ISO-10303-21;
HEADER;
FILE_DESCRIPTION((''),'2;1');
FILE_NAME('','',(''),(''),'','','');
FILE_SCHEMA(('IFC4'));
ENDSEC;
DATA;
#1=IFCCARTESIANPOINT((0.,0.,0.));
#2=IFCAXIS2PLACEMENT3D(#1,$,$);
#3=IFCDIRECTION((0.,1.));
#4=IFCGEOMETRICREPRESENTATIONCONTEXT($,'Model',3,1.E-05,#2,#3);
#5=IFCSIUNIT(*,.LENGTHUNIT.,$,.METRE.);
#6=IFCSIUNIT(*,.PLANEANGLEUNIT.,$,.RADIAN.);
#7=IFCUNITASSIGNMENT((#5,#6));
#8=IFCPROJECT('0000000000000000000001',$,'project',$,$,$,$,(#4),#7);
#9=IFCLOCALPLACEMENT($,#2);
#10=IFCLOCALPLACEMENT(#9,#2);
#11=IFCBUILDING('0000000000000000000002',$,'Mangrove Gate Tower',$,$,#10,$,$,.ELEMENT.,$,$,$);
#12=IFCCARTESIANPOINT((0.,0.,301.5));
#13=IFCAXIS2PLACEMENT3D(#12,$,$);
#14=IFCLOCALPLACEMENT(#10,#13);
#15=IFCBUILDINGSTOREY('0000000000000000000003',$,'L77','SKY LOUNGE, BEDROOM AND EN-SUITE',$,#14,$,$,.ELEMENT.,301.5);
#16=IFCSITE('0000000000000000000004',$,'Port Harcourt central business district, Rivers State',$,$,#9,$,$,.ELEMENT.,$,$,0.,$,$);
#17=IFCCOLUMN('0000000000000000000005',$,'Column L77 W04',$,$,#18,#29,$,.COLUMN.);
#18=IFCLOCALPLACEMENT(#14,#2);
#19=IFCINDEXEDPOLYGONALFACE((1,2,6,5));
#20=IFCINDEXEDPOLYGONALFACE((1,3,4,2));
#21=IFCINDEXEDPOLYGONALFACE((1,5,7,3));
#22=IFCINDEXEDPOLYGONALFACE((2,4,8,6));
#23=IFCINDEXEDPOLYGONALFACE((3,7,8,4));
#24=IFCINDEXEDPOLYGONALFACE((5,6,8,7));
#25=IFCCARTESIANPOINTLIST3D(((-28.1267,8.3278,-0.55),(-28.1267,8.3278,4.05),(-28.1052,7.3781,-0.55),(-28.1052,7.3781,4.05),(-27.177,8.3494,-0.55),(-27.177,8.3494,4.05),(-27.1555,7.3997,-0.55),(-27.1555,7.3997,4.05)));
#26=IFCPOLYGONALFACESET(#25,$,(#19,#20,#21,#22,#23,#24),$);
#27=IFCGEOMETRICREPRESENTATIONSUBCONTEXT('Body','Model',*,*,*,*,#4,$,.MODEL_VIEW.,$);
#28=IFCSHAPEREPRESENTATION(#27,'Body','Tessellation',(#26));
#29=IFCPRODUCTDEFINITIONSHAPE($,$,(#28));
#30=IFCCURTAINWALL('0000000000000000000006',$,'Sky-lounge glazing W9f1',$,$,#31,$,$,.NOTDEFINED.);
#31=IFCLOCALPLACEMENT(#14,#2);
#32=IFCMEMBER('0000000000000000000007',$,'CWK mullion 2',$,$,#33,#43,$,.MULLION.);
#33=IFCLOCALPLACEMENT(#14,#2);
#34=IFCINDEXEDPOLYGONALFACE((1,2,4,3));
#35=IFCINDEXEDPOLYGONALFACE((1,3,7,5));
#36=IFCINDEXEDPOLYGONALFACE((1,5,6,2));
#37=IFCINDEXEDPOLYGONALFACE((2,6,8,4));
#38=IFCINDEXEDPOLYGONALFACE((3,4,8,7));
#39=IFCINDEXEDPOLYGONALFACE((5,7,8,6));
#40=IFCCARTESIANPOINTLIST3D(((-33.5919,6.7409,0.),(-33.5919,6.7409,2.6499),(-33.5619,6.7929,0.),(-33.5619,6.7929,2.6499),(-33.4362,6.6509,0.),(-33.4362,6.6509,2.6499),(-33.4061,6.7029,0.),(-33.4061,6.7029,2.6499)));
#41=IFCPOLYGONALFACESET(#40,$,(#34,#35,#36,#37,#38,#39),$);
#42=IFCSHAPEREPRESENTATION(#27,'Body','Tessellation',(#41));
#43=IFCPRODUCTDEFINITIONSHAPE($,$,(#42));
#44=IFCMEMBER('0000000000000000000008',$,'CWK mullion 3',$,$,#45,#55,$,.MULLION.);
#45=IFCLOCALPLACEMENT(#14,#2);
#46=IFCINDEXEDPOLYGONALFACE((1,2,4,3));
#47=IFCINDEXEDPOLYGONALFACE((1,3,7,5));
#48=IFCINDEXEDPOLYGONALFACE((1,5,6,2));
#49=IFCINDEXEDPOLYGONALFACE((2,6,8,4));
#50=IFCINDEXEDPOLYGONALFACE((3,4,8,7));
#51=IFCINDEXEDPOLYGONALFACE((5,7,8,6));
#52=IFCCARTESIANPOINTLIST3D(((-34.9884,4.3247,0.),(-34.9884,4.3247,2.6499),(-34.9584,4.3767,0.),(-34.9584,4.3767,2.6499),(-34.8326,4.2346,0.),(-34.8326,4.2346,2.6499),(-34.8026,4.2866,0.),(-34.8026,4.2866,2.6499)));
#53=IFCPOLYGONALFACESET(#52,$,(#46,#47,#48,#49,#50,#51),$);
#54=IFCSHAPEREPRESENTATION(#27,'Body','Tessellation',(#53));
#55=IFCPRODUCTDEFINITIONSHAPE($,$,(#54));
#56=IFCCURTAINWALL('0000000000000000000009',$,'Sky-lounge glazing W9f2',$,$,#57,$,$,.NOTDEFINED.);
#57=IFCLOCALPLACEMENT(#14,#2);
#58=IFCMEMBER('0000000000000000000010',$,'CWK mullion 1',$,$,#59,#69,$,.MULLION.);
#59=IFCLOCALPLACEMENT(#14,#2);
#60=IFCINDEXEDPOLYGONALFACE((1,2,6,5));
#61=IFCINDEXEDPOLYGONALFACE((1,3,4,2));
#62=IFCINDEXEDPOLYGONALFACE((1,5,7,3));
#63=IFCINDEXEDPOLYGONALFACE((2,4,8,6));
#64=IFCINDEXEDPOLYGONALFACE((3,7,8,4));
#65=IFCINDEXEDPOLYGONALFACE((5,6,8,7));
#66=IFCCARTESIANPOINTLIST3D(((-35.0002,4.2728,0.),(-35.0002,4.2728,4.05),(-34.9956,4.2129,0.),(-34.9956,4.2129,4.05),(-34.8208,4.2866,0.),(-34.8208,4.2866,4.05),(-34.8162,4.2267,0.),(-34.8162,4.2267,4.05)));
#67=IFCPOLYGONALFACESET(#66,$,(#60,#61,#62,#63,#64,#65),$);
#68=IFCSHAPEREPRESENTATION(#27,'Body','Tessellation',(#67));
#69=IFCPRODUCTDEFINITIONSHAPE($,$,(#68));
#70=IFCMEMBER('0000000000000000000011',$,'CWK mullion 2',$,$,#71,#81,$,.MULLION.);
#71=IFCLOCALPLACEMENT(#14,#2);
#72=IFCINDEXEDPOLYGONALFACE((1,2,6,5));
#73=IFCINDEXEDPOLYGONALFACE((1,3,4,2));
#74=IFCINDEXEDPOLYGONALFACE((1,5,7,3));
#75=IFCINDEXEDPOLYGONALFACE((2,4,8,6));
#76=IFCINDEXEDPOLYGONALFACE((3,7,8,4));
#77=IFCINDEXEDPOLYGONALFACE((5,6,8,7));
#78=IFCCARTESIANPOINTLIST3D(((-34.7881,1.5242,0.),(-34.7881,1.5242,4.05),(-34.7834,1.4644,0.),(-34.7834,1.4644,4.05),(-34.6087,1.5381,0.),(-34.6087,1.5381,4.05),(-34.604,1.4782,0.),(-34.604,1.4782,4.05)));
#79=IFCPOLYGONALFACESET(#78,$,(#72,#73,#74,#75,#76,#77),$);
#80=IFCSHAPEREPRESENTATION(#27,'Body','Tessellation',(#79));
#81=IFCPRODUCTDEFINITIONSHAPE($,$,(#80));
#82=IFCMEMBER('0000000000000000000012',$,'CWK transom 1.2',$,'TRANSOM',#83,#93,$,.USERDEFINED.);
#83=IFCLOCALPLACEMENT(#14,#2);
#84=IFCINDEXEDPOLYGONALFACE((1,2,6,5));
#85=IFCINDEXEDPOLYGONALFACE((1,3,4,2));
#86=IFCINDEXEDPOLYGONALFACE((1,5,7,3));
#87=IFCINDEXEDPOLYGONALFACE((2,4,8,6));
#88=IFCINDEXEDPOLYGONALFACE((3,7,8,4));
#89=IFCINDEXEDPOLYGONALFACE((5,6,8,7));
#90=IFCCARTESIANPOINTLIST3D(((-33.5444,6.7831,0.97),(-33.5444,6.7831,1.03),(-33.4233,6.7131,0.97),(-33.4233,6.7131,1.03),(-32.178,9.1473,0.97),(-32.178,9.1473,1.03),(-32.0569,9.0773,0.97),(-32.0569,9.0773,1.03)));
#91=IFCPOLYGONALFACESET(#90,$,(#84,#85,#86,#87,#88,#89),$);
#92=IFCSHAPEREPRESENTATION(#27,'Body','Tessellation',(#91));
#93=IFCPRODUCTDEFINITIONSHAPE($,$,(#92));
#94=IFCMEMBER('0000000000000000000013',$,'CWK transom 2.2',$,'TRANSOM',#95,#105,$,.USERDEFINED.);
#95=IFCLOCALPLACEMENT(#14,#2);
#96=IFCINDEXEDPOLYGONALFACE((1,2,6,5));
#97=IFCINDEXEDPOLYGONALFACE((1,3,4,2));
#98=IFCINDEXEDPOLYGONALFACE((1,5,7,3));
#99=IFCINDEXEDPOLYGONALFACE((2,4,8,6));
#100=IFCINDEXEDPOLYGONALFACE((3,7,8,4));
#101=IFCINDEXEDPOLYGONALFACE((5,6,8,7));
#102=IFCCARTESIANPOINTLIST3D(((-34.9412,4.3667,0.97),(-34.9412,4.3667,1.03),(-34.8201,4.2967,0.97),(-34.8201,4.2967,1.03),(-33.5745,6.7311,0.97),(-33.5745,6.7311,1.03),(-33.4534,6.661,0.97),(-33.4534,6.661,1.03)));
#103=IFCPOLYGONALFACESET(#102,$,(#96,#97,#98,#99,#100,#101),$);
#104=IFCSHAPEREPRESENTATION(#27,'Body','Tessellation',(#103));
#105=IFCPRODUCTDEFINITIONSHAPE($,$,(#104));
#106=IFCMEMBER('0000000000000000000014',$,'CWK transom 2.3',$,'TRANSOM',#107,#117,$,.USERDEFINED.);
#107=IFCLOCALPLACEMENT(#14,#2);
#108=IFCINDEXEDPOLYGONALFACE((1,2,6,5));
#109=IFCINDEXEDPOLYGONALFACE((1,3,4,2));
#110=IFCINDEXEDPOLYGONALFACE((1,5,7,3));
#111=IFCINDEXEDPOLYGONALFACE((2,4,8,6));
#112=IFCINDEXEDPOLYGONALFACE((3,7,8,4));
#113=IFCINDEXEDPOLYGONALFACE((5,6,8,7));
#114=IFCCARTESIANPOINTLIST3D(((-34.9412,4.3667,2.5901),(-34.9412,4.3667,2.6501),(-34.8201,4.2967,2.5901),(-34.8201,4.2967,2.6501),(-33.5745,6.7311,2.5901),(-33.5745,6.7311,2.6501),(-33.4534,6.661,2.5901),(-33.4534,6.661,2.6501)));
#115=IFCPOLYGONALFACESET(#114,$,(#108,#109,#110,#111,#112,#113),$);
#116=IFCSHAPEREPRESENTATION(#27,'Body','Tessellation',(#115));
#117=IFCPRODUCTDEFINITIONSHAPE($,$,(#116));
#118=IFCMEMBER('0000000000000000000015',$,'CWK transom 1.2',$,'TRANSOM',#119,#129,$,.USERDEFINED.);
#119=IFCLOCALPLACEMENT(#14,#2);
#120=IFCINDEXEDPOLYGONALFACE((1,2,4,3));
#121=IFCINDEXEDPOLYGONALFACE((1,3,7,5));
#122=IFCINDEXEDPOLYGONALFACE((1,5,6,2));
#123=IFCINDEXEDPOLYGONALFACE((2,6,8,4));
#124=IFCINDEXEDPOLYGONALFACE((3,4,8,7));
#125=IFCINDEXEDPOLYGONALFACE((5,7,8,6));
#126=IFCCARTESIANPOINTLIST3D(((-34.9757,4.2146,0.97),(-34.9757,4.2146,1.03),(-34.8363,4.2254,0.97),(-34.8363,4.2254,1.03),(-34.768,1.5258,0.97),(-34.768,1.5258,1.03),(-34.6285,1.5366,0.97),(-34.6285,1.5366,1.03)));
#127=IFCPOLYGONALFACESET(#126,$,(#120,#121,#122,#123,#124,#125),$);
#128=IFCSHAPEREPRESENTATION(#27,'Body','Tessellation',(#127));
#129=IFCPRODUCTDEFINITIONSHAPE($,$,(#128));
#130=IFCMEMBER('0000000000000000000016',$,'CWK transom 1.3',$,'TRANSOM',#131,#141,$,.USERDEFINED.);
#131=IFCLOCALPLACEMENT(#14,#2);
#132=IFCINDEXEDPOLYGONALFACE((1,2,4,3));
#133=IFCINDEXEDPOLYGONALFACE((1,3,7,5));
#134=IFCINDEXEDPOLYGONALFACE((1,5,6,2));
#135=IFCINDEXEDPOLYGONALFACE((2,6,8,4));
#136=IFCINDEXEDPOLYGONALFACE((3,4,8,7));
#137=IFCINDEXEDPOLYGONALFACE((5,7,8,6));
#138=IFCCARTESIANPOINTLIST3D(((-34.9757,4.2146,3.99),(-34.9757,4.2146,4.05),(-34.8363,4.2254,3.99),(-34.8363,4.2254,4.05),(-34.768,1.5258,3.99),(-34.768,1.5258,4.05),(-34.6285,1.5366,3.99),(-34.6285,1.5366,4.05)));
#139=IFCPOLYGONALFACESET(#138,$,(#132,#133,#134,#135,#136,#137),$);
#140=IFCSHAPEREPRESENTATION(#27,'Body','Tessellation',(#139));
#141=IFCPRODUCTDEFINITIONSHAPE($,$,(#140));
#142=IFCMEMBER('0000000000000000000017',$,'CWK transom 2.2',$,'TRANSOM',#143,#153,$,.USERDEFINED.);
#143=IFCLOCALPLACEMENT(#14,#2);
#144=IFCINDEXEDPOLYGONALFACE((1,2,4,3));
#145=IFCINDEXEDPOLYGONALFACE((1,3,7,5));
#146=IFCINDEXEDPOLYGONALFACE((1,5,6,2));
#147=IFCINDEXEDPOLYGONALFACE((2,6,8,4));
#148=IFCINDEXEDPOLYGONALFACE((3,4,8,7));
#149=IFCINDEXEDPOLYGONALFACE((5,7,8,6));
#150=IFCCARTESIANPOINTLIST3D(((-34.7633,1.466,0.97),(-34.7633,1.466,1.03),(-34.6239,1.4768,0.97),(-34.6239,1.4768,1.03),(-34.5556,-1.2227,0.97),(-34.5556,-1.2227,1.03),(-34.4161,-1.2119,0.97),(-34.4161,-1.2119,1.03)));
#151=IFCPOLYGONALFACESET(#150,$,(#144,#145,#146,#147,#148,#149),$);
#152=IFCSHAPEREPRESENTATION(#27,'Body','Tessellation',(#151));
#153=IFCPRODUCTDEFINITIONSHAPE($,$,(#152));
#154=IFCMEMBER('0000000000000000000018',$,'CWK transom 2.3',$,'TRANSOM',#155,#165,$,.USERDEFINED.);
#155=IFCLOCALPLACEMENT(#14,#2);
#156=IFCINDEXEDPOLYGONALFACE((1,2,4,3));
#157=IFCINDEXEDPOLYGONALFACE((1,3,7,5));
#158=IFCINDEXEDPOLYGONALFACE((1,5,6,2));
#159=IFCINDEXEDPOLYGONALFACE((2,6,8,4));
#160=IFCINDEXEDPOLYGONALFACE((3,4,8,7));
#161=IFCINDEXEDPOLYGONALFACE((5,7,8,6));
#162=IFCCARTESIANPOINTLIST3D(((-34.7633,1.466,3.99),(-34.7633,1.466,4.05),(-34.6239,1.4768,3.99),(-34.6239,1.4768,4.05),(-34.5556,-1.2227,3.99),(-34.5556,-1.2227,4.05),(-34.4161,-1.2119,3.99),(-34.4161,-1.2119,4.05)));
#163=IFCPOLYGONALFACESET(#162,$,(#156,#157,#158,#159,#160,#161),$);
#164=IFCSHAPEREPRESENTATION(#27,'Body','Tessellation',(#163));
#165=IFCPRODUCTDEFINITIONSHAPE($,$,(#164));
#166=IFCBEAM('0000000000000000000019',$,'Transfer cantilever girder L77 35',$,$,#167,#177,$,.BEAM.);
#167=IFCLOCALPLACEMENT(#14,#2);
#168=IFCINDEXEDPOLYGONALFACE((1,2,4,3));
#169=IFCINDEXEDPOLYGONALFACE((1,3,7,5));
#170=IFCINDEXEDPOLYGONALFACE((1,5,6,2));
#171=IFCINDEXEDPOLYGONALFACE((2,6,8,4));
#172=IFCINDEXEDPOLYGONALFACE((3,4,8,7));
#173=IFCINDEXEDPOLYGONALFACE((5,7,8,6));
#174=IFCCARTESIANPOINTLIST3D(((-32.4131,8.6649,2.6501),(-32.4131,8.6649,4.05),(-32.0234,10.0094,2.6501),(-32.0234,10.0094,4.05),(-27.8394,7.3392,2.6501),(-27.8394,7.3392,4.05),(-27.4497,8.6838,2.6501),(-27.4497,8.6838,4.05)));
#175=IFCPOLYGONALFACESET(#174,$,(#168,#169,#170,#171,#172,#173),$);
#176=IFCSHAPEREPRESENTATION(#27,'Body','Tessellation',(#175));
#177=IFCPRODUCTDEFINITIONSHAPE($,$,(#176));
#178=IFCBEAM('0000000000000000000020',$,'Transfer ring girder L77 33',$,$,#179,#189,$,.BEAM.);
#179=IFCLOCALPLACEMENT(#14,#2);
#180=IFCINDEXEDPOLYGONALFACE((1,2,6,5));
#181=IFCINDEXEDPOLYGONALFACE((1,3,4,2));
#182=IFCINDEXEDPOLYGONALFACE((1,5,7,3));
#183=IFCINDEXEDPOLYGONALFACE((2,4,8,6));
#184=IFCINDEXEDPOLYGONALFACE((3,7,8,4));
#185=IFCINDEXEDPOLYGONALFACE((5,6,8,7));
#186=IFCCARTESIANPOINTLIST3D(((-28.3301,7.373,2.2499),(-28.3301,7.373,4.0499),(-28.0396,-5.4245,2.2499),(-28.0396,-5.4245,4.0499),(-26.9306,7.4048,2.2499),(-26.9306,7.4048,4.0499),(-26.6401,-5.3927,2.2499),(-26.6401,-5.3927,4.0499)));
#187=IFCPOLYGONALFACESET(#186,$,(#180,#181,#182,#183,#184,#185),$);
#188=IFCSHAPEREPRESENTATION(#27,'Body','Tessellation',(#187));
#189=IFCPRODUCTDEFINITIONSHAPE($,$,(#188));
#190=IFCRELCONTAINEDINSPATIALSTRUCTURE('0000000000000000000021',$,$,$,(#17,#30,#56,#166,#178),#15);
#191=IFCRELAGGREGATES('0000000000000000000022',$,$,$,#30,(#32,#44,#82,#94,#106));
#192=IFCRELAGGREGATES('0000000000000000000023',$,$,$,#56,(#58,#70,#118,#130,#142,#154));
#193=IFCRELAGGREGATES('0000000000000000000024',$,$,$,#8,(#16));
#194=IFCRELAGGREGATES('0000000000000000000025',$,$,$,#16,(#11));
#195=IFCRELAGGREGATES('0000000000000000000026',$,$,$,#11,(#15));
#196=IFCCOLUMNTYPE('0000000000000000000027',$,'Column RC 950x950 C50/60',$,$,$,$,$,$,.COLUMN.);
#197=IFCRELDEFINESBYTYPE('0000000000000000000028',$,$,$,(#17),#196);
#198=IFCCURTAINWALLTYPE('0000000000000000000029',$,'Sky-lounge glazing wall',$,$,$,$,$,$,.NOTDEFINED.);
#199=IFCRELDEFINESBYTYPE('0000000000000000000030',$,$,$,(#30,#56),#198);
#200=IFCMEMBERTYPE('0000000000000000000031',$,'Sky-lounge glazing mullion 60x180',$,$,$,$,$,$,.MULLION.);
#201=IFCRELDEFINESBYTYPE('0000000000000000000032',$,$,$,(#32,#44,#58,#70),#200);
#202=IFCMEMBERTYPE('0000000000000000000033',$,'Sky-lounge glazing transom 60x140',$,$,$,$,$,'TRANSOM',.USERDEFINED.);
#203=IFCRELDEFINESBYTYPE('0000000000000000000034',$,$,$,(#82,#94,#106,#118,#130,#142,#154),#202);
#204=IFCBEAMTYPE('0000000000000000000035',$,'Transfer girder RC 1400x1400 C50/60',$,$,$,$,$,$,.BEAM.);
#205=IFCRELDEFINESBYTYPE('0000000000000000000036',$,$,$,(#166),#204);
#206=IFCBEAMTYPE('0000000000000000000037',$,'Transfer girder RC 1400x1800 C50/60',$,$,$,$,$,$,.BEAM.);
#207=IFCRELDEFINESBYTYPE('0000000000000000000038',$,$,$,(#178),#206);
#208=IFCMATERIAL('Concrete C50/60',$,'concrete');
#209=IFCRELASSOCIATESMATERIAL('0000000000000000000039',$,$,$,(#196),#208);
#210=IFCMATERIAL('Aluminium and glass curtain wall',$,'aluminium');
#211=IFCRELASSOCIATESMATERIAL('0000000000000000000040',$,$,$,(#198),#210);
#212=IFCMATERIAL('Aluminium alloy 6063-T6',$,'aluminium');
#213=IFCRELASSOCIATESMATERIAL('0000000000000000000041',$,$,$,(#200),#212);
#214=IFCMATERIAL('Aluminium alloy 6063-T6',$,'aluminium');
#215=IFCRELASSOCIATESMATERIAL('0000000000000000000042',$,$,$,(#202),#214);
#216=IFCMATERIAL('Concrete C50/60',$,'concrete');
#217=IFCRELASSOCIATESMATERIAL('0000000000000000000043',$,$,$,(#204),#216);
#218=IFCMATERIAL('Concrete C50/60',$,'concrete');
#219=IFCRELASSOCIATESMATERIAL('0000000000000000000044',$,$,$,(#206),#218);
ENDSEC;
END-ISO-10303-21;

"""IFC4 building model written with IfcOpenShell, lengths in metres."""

from ifc_helpers import new_model, si_unit, direction, frame, origin, origin_2d, place, context, subcontext, project, spatial, rectangle, extrude, material, material_profile, profile_set, type_object, element, aggregate, save


model = new_model("IFC4")

# Units and contexts
model_context = context("Model", 3, precision=1e-05, world=origin(), true_north=direction((0.0, 1.0)))
body_context = subcontext(model_context, "Body", "Model", "MODEL_VIEW")
ifc_project = project(units=[si_unit("LENGTHUNIT", "METRE"), si_unit("PLANEANGLEUNIT", "RADIAN")], contexts=[model_context])

# Site, building, storey
site_placement = place(None, origin())
site = spatial("IfcSite", under=ifc_project, at=site_placement, Name="Port Harcourt central business district, Rivers State", CompositionType="ELEMENT", RefElevation=0.0)
building_placement = place(site_placement, origin())
building = spatial("IfcBuilding", under=site, at=building_placement, Name="Mangrove Gate Tower", CompositionType="ELEMENT")
storey_placement = place(building_placement, frame((0.0, 0.0, 301.5)))
storey = spatial("IfcBuildingStorey", under=building, at=storey_placement, Name="L77", Description="SKY LOUNGE, BEDROOM AND EN-SUITE", CompositionType="ELEMENT", Elevation=301.5)

# Column
ifc_material_1 = material(Name="Concrete C50/60", Category="concrete")
ifc_material_profile_1 = material_profile(ifc_material_1, rectangle(XDim=0.95, YDim=0.95, at=origin_2d()))
ifc_profile_set_1 = profile_set([ifc_material_profile_1], Name="Concrete C50/60")
column_type = type_object("IfcColumnType", Name="Column RC 950x950 C50/60", PredefinedType="COLUMN", material=ifc_profile_set_1)
column_placement = place(storey_placement, frame((-27.6411, 7.8638, -0.55), z_axis=(0.0, 0.0, 1.0), x_axis=(0.022688, -0.999743, 0.0)))
element("IfcColumn", 1, at=column_placement, inside=storey, type_object=column_type, Name="Column L77 W04", PredefinedType="COLUMN", context=body_context, shape_type="SweptSolid", body=[
    extrude(rectangle(XDim=0.95, YDim=0.95, at=origin_2d()), origin(), (0.0, 0.0, 1.0), 4.6001),
])

# Curtain walls, members
ifc_material_2 = material(Name="Aluminium and glass curtain wall", Category="aluminium")
curtain_wall_type = type_object("IfcCurtainWallType", Name="Sky-lounge glazing wall", PredefinedType="NOTDEFINED", material=ifc_material_2)
curtain_wall_1_placement = place(storey_placement, origin())
curtain_wall_1 = element("IfcCurtainWall", 2, at=curtain_wall_1_placement, inside=storey, type_object=curtain_wall_type, Name="Sky-lounge glazing W9f1", PredefinedType="NOTDEFINED")
ifc_material_3 = material(Name="Aluminium alloy 6063-T6", Category="aluminium")
ifc_material_profile_2 = material_profile(ifc_material_3, rectangle(XDim=0.0601, YDim=0.1799, at=origin_2d()))
ifc_profile_set_2 = profile_set([ifc_material_profile_2], Name="Aluminium alloy 6063-T6")
member_type_1 = type_object("IfcMemberType", Name="Sky-lounge glazing mullion 60x180", PredefinedType="MULLION", material=ifc_profile_set_2)
member_1_placement = place(storey_placement, frame((-33.499, 6.7219, 0.0), z_axis=(0.0, 0.0, 1.0), x_axis=(-0.500418, -0.865784, 0.0)))
member_1 = element("IfcMember", 3, at=member_1_placement, type_object=member_type_1, Name="CWK mullion 2", PredefinedType="MULLION", context=body_context, shape_type="SweptSolid", body=[
    extrude(rectangle(XDim=0.0601, YDim=0.1799, at=origin_2d()), origin(), (0.0, 0.0, 1.0), 2.6499),
])
member_2_placement = place(storey_placement, frame((-34.8955, 4.3057, 0.0), z_axis=(0.0, 0.0, 1.0), x_axis=(-0.500418, -0.865784, 0.0)))
member_2 = element("IfcMember", 4, at=member_2_placement, type_object=member_type_1, Name="CWK mullion 3", PredefinedType="MULLION", context=body_context, shape_type="SweptSolid", body=[
    extrude(rectangle(XDim=0.0601, YDim=0.1799, at=origin_2d()), origin(), (0.0, 0.0, 1.0), 2.6499),
])
curtain_wall_2_placement = place(storey_placement, origin())
curtain_wall_2 = element("IfcCurtainWall", 5, at=curtain_wall_2_placement, inside=storey, type_object=curtain_wall_type, Name="Sky-lounge glazing W9f2", PredefinedType="NOTDEFINED")
member_3_placement = place(storey_placement, frame((-34.9082, 4.2498, 0.0), z_axis=(0.0, 0.0, 1.0), x_axis=(0.077023, -0.997029, 0.0)))
member_3 = element("IfcMember", 6, at=member_3_placement, type_object=member_type_1, Name="CWK mullion 1", PredefinedType="MULLION", context=body_context, shape_type="SweptSolid", body=[
    extrude(rectangle(XDim=0.0601, YDim=0.1799, at=origin_2d()), origin(), (0.0, 0.0, 1.0), 4.05),
])
member_4_placement = place(storey_placement, frame((-34.696, 1.5012, 0.0), z_axis=(0.0, 0.0, 1.0), x_axis=(0.077023, -0.997029, 0.0)))
member_4 = element("IfcMember", 7, at=member_4_placement, type_object=member_type_1, Name="CWK mullion 2", PredefinedType="MULLION", context=body_context, shape_type="SweptSolid", body=[
    extrude(rectangle(XDim=0.0601, YDim=0.1799, at=origin_2d()), origin(), (0.0, 0.0, 1.0), 4.05),
])

# Members
ifc_material_4 = material(Name="Aluminium alloy 6063-T6", Category="aluminium")
ifc_material_profile_3 = material_profile(ifc_material_4, rectangle(XDim=0.0601, YDim=0.1399, at=origin_2d()))
ifc_profile_set_3 = profile_set([ifc_material_profile_3], Name="Aluminium alloy 6063-T6")
member_type_2 = type_object("IfcMemberType", Name="Sky-lounge glazing transom 60x140", ElementType="TRANSOM", PredefinedType="USERDEFINED", material=ifc_profile_set_3)
member_5_placement = place(storey_placement, frame((-32.1174, 9.1123, 1.0), z_axis=(-0.500398, -0.865795, 0.0), x_axis=(0.0, 0.0, 1.0)))
member_5 = element("IfcMember", 8, at=member_5_placement, type_object=member_type_2, Name="CWK transom 1.2", ObjectType="TRANSOM", PredefinedType="USERDEFINED", context=body_context, shape_type="SweptSolid", body=[
    extrude(rectangle(XDim=0.0601, YDim=0.1399, at=origin_2d()), origin(), (0.0, 0.0, 1.0), 2.7307),
])
member_6_placement = place(storey_placement, frame((-33.5139, 6.696, 1.0), z_axis=(-0.500465, -0.865757, 0.0), x_axis=(0.0, 0.0, 1.0)))
member_6 = element("IfcMember", 9, at=member_6_placement, type_object=member_type_2, Name="CWK transom 2.2", ObjectType="TRANSOM", PredefinedType="USERDEFINED", context=body_context, shape_type="SweptSolid", body=[
    extrude(rectangle(XDim=0.0601, YDim=0.1399, at=origin_2d()), origin(), (0.0, 0.0, 1.0), 2.731),
])
member_7_placement = place(storey_placement, frame((-33.5139, 6.696, 2.6201), z_axis=(-0.500465, -0.865757, 0.0), x_axis=(0.0, 0.0, 1.0)))
member_7 = element("IfcMember", 10, at=member_7_placement, type_object=member_type_2, Name="CWK transom 2.3", ObjectType="TRANSOM", PredefinedType="USERDEFINED", context=body_context, shape_type="SweptSolid", body=[
    extrude(rectangle(XDim=0.0601, YDim=0.1399, at=origin_2d()), origin(), (0.0, 0.0, 1.0), 2.731),
])
member_8_placement = place(storey_placement, frame((-34.906, 4.22, 1.0), z_axis=(0.077043, -0.997028, 0.0), x_axis=(0.0, 0.0, 1.0)))
member_8 = element("IfcMember", 11, at=member_8_placement, type_object=member_type_2, Name="CWK transom 1.2", ObjectType="TRANSOM", PredefinedType="USERDEFINED", context=body_context, shape_type="SweptSolid", body=[
    extrude(rectangle(XDim=0.0601, YDim=0.1399, at=origin_2d()), origin(), (0.0, 0.0, 1.0), 2.6968),
])
member_9_placement = place(storey_placement, frame((-34.906, 4.22, 4.02), z_axis=(0.077043, -0.997028, 0.0), x_axis=(0.0, 0.0, 1.0)))
member_9 = element("IfcMember", 12, at=member_9_placement, type_object=member_type_2, Name="CWK transom 1.3", ObjectType="TRANSOM", PredefinedType="USERDEFINED", context=body_context, shape_type="SweptSolid", body=[
    extrude(rectangle(XDim=0.0601, YDim=0.1399, at=origin_2d()), origin(), (0.0, 0.0, 1.0), 2.6968),
])
member_10_placement = place(storey_placement, frame((-34.6936, 1.4714, 1.0), z_axis=(0.077043, -0.997028, 0.0), x_axis=(0.0, 0.0, 1.0)))
member_10 = element("IfcMember", 13, at=member_10_placement, type_object=member_type_2, Name="CWK transom 2.2", ObjectType="TRANSOM", PredefinedType="USERDEFINED", context=body_context, shape_type="SweptSolid", body=[
    extrude(rectangle(XDim=0.0601, YDim=0.1399, at=origin_2d()), origin(), (0.0, 0.0, 1.0), 2.6968),
])
member_11_placement = place(storey_placement, frame((-34.6936, 1.4714, 4.02), z_axis=(0.077043, -0.997028, 0.0), x_axis=(0.0, 0.0, 1.0)))
member_11 = element("IfcMember", 14, at=member_11_placement, type_object=member_type_2, Name="CWK transom 2.3", ObjectType="TRANSOM", PredefinedType="USERDEFINED", context=body_context, shape_type="SweptSolid", body=[
    extrude(rectangle(XDim=0.0601, YDim=0.1399, at=origin_2d()), origin(), (0.0, 0.0, 1.0), 2.6968),
])

# Beams
ifc_material_5 = material(Name="Concrete C50/60", Category="concrete")
ifc_material_profile_4 = material_profile(ifc_material_5, rectangle(XDim=1.3999, YDim=1.3999, at=origin_2d()))
ifc_profile_set_4 = profile_set([ifc_material_profile_4], Name="Concrete C50/60")
beam_type_1 = type_object("IfcBeamType", Name="Transfer girder RC 1400x1400 C50/60", PredefinedType="BEAM", material=ifc_profile_set_4)
beam_1_placement = place(storey_placement, frame((-27.6445, 8.0115, 3.3501), z_axis=(-0.960468, 0.278389, 0.0), x_axis=(-0.278389, -0.960468, 0.0)))
element("IfcBeam", 15, at=beam_1_placement, inside=storey, type_object=beam_type_1, Name="Transfer cantilever girder L77 35", PredefinedType="BEAM", context=body_context, shape_type="SweptSolid", body=[
    extrude(rectangle(XDim=1.3999, YDim=1.3999, at=origin_2d()), origin(), (0.0, 0.0, 1.0), 4.762),
])
ifc_material_6 = material(Name="Concrete C50/60", Category="concrete")
ifc_material_profile_5 = material_profile(ifc_material_6, rectangle(XDim=1.3999, YDim=1.8, at=origin_2d()))
ifc_profile_set_5 = profile_set([ifc_material_profile_5], Name="Concrete C50/60")
beam_type_2 = type_object("IfcBeamType", Name="Transfer girder RC 1400x1800 C50/60", PredefinedType="BEAM", material=ifc_profile_set_5)
beam_2_placement = place(storey_placement, frame((-27.6304, 7.3889, 3.1499), z_axis=(0.022696, -0.999742, 0.0), x_axis=(0.999742, 0.022696, 0.0)))
element("IfcBeam", 16, at=beam_2_placement, inside=storey, type_object=beam_type_2, Name="Transfer ring girder L77 33", PredefinedType="BEAM", context=body_context, shape_type="SweptSolid", body=[
    extrude(rectangle(XDim=1.3999, YDim=1.8, at=origin_2d()), origin(), (0.0, 0.0, 1.0), 12.8008),
])

aggregate(curtain_wall_1, [member_1, member_2, member_5, member_6, member_7])
aggregate(curtain_wall_2, [member_3, member_4, member_8, member_9, member_10, member_11])

save(model, "model.ifc")
